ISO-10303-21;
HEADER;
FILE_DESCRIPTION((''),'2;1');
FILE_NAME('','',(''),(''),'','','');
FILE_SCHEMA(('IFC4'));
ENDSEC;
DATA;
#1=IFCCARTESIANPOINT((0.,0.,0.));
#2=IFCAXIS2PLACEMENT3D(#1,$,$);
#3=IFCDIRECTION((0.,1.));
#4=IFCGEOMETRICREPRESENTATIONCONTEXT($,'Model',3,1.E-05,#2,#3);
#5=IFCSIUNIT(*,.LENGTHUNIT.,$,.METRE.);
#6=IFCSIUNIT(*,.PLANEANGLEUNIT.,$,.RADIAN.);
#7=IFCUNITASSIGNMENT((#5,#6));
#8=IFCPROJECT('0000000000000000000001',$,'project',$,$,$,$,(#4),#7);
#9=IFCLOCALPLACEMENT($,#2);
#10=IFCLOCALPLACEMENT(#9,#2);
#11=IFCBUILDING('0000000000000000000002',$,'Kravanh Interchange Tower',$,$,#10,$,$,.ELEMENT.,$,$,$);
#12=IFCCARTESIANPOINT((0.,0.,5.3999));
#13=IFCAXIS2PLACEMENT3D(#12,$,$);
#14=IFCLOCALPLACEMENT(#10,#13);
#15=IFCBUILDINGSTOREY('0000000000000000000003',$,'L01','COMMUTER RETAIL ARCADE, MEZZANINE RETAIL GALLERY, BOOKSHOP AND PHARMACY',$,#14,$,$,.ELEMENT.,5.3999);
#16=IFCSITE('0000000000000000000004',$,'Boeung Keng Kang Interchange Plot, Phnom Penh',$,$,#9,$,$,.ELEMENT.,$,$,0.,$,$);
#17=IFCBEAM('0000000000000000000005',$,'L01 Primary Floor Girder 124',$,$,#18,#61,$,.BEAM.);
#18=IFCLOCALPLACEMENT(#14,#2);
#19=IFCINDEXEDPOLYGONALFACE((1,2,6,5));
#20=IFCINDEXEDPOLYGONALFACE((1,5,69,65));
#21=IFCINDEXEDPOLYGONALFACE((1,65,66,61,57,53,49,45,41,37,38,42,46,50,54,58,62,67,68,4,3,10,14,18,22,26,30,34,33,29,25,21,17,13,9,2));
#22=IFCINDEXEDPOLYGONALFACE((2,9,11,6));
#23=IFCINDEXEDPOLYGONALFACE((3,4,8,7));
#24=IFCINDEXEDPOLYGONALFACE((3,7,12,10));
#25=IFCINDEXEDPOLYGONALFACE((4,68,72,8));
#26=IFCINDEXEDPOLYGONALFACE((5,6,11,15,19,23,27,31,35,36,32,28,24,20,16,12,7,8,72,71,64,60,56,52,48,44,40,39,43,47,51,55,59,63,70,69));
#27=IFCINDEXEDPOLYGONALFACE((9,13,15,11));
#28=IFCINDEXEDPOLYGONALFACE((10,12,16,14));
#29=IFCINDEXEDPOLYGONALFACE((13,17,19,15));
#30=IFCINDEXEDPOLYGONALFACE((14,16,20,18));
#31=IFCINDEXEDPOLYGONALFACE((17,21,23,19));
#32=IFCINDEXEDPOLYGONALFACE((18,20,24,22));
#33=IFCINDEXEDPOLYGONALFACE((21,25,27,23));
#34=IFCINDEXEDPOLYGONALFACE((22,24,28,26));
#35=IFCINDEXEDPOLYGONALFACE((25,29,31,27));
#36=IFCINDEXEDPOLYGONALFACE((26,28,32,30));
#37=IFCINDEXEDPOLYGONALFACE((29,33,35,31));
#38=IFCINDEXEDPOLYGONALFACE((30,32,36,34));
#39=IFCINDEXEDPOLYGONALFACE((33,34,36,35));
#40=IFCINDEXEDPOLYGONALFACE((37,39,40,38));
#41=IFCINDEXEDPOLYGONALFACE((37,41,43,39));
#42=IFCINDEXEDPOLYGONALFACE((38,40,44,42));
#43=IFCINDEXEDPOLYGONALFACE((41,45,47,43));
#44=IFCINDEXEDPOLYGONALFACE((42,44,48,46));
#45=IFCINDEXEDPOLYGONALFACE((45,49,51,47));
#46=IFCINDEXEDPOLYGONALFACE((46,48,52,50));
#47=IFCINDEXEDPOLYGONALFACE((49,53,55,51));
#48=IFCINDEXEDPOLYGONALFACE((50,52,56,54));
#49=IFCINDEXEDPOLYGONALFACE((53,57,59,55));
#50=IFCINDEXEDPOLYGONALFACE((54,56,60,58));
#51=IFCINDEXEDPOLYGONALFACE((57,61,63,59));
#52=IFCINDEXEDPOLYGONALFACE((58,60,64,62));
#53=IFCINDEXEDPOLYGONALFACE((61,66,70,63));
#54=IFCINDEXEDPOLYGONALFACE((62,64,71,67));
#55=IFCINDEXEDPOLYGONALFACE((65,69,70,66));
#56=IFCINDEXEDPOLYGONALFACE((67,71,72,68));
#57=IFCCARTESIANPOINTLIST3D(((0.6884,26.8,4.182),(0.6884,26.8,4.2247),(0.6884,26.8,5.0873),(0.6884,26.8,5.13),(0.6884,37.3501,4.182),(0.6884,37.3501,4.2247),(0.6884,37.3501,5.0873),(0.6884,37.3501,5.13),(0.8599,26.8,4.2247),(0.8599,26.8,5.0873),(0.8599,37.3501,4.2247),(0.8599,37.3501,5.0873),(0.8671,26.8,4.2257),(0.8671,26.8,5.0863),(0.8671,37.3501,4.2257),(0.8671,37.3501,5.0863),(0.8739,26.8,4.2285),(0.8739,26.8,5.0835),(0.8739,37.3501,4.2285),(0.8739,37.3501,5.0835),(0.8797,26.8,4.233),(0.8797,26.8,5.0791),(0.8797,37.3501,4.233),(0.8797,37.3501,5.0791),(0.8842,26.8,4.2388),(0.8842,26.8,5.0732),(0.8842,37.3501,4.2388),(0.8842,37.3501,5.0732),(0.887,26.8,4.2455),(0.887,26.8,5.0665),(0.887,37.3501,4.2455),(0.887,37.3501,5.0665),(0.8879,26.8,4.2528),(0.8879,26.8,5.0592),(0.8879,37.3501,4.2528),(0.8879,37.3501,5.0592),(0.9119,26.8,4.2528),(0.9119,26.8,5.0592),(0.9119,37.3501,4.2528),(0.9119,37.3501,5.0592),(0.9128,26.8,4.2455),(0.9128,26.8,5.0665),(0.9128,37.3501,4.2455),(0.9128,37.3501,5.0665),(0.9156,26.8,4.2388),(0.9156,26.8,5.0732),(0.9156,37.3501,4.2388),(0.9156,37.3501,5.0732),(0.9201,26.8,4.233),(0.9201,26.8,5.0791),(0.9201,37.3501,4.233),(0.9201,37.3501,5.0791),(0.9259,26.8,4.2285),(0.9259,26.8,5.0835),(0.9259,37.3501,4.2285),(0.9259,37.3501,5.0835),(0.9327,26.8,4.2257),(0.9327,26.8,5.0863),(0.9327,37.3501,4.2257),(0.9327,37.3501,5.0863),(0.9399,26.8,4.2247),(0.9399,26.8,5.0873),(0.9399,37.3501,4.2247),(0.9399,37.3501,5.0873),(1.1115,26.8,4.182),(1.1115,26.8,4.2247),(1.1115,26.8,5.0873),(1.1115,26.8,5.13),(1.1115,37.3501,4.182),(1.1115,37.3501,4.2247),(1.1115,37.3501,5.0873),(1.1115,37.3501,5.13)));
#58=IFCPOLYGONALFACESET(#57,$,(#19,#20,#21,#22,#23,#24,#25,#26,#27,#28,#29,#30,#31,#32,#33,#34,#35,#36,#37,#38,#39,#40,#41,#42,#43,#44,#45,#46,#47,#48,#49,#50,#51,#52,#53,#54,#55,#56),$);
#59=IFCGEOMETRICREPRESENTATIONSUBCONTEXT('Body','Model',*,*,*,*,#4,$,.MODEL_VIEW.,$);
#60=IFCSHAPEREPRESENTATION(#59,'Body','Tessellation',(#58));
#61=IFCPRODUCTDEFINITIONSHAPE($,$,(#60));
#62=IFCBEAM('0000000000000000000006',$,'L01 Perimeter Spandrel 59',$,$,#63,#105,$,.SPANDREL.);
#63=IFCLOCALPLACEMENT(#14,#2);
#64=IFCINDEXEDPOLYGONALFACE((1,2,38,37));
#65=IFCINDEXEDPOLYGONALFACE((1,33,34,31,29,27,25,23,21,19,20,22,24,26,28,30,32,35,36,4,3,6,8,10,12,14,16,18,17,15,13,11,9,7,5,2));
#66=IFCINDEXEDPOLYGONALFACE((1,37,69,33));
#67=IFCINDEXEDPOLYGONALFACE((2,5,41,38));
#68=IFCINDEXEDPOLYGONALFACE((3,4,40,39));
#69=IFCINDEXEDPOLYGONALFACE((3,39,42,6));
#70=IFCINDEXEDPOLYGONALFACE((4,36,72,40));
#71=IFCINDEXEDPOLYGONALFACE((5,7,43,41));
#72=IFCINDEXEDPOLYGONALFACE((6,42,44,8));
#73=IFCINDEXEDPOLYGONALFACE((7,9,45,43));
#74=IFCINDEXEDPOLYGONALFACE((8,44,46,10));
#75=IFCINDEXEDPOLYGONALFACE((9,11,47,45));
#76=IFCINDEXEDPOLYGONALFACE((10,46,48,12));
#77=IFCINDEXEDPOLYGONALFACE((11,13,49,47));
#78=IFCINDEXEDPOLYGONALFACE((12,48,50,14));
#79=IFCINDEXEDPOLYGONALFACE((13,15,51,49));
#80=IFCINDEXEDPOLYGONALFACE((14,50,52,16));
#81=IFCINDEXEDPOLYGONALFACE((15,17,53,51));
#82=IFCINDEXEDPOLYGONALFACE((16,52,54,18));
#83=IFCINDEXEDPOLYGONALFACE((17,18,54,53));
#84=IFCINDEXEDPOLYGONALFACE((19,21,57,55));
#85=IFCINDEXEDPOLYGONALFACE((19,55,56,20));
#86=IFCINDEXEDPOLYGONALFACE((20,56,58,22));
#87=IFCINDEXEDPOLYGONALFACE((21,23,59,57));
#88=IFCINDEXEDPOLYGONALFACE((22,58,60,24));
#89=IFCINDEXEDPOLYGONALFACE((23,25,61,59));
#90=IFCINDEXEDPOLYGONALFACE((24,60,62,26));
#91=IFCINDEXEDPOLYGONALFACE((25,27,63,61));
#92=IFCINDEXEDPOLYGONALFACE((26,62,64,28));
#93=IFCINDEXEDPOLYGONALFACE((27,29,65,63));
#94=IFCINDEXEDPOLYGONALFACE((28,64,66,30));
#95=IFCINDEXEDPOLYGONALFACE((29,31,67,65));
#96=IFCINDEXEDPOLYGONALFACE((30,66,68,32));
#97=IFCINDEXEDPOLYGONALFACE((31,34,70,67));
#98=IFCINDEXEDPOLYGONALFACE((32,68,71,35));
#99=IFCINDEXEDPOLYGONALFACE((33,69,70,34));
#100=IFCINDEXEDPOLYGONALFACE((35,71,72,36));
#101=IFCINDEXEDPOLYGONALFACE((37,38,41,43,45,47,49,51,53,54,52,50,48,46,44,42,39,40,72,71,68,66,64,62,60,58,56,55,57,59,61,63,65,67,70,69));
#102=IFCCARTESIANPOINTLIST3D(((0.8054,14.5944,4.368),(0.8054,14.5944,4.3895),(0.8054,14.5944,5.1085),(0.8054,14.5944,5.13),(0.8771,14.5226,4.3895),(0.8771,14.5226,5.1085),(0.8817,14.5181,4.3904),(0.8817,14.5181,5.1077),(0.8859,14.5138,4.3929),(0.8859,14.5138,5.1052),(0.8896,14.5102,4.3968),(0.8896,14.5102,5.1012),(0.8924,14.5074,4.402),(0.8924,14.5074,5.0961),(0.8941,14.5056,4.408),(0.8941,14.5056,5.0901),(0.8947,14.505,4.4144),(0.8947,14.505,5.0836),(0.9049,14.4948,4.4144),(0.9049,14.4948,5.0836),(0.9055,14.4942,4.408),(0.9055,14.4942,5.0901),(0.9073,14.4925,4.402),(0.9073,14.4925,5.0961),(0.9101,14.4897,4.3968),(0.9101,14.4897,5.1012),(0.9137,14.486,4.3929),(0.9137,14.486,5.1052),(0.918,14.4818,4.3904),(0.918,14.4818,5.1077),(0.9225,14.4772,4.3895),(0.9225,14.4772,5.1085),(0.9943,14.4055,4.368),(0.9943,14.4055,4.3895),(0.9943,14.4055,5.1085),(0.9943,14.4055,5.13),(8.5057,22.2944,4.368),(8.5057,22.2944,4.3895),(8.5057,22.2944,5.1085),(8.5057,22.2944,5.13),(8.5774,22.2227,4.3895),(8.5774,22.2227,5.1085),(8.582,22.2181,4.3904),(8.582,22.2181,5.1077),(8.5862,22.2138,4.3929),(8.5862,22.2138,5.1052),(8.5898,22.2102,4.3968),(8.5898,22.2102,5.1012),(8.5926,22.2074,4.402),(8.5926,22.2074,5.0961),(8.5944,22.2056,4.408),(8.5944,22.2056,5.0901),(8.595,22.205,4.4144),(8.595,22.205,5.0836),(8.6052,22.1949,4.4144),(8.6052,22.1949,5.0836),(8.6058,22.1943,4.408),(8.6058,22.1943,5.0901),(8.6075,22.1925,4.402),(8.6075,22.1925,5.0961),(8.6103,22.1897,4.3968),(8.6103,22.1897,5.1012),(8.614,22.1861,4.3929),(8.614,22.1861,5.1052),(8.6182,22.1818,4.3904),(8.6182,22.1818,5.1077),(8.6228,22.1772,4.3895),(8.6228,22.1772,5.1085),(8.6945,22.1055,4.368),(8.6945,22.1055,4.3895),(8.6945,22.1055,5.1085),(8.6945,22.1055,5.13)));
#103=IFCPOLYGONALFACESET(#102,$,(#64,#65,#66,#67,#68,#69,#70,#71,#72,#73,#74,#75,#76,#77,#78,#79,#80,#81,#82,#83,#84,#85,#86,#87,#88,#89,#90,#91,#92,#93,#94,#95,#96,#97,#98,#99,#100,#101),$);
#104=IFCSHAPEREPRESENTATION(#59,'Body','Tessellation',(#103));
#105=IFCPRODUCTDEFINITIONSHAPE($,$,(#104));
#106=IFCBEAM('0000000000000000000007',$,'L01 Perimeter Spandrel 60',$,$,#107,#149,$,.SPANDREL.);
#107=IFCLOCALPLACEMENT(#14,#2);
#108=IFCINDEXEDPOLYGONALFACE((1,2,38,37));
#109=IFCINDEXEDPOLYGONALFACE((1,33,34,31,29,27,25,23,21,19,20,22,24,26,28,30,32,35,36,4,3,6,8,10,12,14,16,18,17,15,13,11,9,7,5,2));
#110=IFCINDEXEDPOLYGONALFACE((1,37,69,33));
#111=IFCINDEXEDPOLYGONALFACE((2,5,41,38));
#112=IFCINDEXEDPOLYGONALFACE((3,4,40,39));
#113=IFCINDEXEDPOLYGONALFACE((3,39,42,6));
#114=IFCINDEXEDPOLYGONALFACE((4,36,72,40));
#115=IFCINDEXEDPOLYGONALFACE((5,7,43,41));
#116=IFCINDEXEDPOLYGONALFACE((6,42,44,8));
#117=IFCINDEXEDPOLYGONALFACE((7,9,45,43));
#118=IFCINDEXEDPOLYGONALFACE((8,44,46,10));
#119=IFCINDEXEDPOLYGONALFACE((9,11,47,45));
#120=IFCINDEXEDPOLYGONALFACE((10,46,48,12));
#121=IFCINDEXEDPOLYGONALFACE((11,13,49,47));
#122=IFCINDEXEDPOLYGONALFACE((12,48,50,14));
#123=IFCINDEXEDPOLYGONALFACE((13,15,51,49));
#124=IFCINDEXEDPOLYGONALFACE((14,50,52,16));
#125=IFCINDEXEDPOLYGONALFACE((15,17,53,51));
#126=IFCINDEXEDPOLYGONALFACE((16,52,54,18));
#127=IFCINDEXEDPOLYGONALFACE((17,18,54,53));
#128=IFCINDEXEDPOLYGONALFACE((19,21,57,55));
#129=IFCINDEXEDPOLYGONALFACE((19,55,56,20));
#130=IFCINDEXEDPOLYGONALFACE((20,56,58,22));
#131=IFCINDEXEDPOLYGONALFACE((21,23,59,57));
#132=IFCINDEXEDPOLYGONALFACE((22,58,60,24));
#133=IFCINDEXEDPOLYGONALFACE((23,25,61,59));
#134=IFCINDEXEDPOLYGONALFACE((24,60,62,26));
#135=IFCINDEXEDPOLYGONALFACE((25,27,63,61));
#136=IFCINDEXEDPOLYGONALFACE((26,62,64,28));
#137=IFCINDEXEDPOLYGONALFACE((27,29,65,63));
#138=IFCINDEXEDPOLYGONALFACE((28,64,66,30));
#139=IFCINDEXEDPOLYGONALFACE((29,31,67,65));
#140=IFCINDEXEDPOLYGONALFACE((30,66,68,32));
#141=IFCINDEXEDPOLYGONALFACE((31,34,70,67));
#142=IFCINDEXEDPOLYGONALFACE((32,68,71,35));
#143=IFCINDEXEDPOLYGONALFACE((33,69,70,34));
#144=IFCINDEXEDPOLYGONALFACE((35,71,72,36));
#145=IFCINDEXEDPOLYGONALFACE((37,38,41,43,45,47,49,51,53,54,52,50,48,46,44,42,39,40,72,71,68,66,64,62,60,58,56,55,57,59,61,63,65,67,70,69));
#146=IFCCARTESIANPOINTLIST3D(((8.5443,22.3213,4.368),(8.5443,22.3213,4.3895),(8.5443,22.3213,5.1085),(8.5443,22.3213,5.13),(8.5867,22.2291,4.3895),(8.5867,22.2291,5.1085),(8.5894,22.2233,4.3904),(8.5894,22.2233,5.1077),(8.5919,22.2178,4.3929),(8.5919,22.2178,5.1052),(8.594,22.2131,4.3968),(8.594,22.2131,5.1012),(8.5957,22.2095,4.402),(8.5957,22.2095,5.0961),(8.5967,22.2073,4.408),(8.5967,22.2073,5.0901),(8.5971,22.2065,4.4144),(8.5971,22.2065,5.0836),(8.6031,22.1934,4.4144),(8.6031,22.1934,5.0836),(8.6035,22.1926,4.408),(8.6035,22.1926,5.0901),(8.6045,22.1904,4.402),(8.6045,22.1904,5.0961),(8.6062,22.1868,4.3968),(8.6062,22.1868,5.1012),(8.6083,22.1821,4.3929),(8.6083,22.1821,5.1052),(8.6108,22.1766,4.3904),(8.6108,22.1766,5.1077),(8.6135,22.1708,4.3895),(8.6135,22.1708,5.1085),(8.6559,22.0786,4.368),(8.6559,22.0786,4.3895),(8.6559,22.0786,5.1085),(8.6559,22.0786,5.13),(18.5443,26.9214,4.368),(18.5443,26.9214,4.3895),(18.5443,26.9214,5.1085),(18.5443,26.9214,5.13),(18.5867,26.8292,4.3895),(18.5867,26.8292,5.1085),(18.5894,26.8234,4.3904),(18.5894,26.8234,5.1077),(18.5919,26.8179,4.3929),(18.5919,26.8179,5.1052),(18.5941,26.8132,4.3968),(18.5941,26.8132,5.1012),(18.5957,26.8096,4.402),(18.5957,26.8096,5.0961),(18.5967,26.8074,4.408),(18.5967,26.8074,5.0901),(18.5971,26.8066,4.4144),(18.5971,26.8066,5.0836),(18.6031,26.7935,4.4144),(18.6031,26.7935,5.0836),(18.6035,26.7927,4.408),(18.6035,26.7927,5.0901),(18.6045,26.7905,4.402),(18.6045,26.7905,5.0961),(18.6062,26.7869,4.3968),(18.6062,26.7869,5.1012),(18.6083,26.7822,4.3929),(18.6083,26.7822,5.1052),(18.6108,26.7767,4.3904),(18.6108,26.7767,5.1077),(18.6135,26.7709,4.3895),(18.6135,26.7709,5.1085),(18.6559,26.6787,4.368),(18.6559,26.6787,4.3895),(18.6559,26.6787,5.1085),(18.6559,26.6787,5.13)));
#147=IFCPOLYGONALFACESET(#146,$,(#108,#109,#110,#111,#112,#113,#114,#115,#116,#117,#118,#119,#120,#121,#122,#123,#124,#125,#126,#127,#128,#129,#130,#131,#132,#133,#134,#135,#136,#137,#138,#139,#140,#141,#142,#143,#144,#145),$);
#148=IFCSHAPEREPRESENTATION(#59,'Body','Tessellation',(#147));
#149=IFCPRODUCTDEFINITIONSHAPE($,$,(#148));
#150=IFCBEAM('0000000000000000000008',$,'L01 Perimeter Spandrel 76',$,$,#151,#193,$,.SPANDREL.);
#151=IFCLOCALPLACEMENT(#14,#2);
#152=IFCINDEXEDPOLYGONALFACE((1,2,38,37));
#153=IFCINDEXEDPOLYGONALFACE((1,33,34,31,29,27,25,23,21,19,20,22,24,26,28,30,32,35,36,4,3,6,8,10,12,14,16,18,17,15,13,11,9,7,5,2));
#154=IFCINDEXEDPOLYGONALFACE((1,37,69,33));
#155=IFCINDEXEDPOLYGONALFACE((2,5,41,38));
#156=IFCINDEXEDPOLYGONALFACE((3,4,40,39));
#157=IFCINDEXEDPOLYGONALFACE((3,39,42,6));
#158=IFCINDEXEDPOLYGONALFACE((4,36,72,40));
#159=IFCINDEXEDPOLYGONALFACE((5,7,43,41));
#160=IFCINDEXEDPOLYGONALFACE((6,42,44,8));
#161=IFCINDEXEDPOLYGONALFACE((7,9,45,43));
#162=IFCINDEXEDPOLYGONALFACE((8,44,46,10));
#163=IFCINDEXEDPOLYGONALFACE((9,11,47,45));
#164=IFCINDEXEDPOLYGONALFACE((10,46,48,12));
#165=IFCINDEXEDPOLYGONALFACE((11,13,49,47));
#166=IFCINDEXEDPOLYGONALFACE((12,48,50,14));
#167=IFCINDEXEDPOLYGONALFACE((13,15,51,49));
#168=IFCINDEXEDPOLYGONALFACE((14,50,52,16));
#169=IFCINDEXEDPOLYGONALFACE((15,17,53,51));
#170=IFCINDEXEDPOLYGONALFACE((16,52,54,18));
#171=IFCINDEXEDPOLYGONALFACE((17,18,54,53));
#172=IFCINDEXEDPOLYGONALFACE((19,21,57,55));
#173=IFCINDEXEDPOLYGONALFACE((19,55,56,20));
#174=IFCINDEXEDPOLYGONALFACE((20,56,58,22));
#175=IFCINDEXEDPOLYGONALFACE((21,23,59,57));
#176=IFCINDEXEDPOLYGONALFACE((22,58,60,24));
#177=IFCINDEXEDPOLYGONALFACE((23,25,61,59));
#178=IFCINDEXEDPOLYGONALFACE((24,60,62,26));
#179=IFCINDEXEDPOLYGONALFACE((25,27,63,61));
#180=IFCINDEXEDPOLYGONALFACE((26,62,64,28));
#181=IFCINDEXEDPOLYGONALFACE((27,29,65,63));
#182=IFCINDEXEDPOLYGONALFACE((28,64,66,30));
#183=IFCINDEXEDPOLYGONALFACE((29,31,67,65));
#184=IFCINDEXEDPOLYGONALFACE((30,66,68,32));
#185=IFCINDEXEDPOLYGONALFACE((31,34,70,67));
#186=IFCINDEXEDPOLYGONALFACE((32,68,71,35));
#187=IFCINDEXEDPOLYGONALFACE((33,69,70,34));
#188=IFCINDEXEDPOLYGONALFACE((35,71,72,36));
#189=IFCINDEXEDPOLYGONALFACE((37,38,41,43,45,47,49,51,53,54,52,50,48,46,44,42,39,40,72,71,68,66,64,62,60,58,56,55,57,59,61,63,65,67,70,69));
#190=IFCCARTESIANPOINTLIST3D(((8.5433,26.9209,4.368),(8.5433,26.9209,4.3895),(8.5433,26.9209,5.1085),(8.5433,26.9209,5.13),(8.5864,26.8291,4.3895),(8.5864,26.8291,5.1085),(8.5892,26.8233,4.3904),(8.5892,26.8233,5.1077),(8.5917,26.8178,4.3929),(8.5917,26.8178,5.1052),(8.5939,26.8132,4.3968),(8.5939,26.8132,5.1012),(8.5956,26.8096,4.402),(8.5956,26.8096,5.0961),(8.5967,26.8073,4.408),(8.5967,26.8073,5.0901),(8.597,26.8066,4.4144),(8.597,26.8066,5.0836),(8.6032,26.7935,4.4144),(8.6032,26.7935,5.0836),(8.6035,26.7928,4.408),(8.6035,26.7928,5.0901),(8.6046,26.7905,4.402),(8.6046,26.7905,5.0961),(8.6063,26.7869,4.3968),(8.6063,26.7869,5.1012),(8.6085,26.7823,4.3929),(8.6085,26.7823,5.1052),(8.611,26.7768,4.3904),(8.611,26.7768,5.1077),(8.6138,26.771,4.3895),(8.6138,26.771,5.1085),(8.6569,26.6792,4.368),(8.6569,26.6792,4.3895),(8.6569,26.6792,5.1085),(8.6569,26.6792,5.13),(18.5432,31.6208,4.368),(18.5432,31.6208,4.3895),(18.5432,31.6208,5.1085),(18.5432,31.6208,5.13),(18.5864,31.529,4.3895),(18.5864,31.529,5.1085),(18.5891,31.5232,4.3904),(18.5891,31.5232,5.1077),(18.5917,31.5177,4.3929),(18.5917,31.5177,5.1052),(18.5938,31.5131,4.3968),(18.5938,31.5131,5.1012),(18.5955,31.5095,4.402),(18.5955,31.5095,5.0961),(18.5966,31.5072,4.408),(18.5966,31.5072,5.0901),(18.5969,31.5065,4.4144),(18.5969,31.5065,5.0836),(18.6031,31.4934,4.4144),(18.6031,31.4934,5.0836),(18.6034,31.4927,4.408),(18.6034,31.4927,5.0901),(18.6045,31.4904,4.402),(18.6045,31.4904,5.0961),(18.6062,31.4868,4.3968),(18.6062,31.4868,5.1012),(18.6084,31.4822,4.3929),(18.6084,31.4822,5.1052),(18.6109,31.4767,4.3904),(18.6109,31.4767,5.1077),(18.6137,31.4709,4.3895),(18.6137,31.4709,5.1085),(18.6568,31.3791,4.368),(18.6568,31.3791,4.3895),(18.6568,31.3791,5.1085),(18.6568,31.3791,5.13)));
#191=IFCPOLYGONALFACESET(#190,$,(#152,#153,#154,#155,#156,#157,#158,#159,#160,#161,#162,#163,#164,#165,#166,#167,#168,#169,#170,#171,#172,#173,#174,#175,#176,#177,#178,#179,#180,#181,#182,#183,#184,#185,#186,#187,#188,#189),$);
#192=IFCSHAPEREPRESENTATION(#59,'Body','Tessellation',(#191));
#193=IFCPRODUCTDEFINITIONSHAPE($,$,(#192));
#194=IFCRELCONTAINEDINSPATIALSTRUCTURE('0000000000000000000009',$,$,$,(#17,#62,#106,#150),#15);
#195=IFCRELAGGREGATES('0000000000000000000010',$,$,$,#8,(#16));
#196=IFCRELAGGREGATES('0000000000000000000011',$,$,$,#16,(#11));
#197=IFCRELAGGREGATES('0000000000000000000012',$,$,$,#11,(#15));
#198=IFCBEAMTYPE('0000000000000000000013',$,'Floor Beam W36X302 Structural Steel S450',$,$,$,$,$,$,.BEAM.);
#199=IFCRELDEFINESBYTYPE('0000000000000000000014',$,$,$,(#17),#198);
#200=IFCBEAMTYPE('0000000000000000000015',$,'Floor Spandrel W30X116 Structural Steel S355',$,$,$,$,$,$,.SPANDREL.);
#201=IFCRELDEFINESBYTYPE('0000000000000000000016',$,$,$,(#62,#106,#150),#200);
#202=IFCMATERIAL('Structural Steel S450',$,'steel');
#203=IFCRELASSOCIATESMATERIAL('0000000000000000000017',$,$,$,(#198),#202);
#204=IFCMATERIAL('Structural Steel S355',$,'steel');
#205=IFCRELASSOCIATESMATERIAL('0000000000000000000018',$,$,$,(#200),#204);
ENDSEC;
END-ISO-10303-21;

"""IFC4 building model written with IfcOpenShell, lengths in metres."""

from ifc_helpers import new_model, si_unit, direction, frame, origin, origin_2d, place, context, subcontext, project, spatial, i_section, extrude, material, material_profile, profile_set, type_object, element, save


model = new_model("IFC4")

# Units and contexts
model_context = context("Model", 3, precision=1e-05, world=origin(), true_north=direction((0.0, 1.0)))
body_context = subcontext(model_context, "Body", "Model", "MODEL_VIEW")
ifc_project = project(units=[si_unit("LENGTHUNIT", "METRE"), si_unit("PLANEANGLEUNIT", "RADIAN")], contexts=[model_context])

# Site, building, storey
site_placement = place(None, origin())
site = spatial("IfcSite", under=ifc_project, at=site_placement, Name="Boeung Keng Kang Interchange Plot, Phnom Penh", CompositionType="ELEMENT", RefElevation=0.0)
building_placement = place(site_placement, origin())
building = spatial("IfcBuilding", under=site, at=building_placement, Name="Kravanh Interchange Tower", CompositionType="ELEMENT")
storey_placement = place(building_placement, frame((0.0, 0.0, 5.3999)))
storey = spatial("IfcBuildingStorey", under=building, at=storey_placement, Name="L01", Description="COMMUTER RETAIL ARCADE, MEZZANINE RETAIL GALLERY, BOOKSHOP AND PHARMACY", CompositionType="ELEMENT", Elevation=5.3999)

# Beams
ifc_material_1 = material(Name="Structural Steel S450", Category="steel")
ifc_material_profile_1 = material_profile(ifc_material_1, i_section(OverallWidth=0.4231, OverallDepth=0.948, WebThickness=0.0239, FlangeThickness=0.0427, FilletRadius=0.0281, at=origin_2d()), Name="W36X302")
ifc_profile_set_1 = profile_set([ifc_material_profile_1], Name="Structural Steel S450")
beam_type_1 = type_object("IfcBeamType", Name="Floor Beam W36X302 Structural Steel S450", PredefinedType="BEAM", material=ifc_profile_set_1)
beam_1_placement = place(storey_placement, frame((0.8999, 26.8, 4.656), z_axis=(0.0, 1.0, 0.0), x_axis=(-1.0, 0.0, 0.0)))
element("IfcBeam", 1, at=beam_1_placement, inside=storey, type_object=beam_type_1, Name="L01 Primary Floor Girder 124", PredefinedType="BEAM", context=body_context, shape_type="SweptSolid", body=[
    extrude(i_section(OverallWidth=0.4231, OverallDepth=0.948, WebThickness=0.0239, FlangeThickness=0.0427, FilletRadius=0.0281, at=origin_2d()), origin(), (0.0, 0.0, 1.0), 10.55),
])
ifc_material_2 = material(Name="Structural Steel S355", Category="steel")
ifc_material_profile_2 = material_profile(ifc_material_2, i_section(OverallWidth=0.2671, OverallDepth=0.762, WebThickness=0.0144, FlangeThickness=0.0215, FilletRadius=0.0249, at=origin_2d()), Name="W30X116")
ifc_profile_set_2 = profile_set([ifc_material_profile_2], Name="Structural Steel S355")
beam_type_2 = type_object("IfcBeamType", Name="Floor Spandrel W30X116 Structural Steel S355", PredefinedType="SPANDREL", material=ifc_profile_set_2)
beam_2_placement = place(storey_placement, frame((8.6001, 22.2, 4.749), z_axis=(-0.707118, -0.707096, 0.0), x_axis=(0.707096, -0.707118, 0.0)))
element("IfcBeam", 2, at=beam_2_placement, inside=storey, type_object=beam_type_2, Name="L01 Perimeter Spandrel 59", PredefinedType="SPANDREL", context=body_context, shape_type="SweptSolid", body=[
    extrude(i_section(OverallWidth=0.2671, OverallDepth=0.762, WebThickness=0.0144, FlangeThickness=0.0215, FilletRadius=0.0249, at=origin_2d()), origin(), (0.0, 0.0, 1.0), 10.8896),
])
beam_3_placement = place(storey_placement, frame((8.6001, 22.2, 4.749), z_axis=(0.908487, 0.417913, 0.0), x_axis=(-0.417913, 0.908487, 0.0)))
element("IfcBeam", 3, at=beam_3_placement, inside=storey, type_object=beam_type_2, Name="L01 Perimeter Spandrel 60", PredefinedType="SPANDREL", context=body_context, shape_type="SweptSolid", body=[
    extrude(i_section(OverallWidth=0.2671, OverallDepth=0.762, WebThickness=0.0144, FlangeThickness=0.0215, FilletRadius=0.0249, at=origin_2d()), origin(), (0.0, 0.0, 1.0), 11.0073),
])
beam_4_placement = place(storey_placement, frame((8.6001, 26.8, 4.749), z_axis=(0.905025, 0.425358, 0.0), x_axis=(-0.425358, 0.905025, 0.0)))
element("IfcBeam", 4, at=beam_4_placement, inside=storey, type_object=beam_type_2, Name="L01 Perimeter Spandrel 76", PredefinedType="SPANDREL", context=body_context, shape_type="SweptSolid", body=[
    extrude(i_section(OverallWidth=0.2671, OverallDepth=0.762, WebThickness=0.0144, FlangeThickness=0.0215, FilletRadius=0.0249, at=origin_2d()), origin(), (0.0, 0.0, 1.0), 11.0493),
])

save(model, "model.ifc")
